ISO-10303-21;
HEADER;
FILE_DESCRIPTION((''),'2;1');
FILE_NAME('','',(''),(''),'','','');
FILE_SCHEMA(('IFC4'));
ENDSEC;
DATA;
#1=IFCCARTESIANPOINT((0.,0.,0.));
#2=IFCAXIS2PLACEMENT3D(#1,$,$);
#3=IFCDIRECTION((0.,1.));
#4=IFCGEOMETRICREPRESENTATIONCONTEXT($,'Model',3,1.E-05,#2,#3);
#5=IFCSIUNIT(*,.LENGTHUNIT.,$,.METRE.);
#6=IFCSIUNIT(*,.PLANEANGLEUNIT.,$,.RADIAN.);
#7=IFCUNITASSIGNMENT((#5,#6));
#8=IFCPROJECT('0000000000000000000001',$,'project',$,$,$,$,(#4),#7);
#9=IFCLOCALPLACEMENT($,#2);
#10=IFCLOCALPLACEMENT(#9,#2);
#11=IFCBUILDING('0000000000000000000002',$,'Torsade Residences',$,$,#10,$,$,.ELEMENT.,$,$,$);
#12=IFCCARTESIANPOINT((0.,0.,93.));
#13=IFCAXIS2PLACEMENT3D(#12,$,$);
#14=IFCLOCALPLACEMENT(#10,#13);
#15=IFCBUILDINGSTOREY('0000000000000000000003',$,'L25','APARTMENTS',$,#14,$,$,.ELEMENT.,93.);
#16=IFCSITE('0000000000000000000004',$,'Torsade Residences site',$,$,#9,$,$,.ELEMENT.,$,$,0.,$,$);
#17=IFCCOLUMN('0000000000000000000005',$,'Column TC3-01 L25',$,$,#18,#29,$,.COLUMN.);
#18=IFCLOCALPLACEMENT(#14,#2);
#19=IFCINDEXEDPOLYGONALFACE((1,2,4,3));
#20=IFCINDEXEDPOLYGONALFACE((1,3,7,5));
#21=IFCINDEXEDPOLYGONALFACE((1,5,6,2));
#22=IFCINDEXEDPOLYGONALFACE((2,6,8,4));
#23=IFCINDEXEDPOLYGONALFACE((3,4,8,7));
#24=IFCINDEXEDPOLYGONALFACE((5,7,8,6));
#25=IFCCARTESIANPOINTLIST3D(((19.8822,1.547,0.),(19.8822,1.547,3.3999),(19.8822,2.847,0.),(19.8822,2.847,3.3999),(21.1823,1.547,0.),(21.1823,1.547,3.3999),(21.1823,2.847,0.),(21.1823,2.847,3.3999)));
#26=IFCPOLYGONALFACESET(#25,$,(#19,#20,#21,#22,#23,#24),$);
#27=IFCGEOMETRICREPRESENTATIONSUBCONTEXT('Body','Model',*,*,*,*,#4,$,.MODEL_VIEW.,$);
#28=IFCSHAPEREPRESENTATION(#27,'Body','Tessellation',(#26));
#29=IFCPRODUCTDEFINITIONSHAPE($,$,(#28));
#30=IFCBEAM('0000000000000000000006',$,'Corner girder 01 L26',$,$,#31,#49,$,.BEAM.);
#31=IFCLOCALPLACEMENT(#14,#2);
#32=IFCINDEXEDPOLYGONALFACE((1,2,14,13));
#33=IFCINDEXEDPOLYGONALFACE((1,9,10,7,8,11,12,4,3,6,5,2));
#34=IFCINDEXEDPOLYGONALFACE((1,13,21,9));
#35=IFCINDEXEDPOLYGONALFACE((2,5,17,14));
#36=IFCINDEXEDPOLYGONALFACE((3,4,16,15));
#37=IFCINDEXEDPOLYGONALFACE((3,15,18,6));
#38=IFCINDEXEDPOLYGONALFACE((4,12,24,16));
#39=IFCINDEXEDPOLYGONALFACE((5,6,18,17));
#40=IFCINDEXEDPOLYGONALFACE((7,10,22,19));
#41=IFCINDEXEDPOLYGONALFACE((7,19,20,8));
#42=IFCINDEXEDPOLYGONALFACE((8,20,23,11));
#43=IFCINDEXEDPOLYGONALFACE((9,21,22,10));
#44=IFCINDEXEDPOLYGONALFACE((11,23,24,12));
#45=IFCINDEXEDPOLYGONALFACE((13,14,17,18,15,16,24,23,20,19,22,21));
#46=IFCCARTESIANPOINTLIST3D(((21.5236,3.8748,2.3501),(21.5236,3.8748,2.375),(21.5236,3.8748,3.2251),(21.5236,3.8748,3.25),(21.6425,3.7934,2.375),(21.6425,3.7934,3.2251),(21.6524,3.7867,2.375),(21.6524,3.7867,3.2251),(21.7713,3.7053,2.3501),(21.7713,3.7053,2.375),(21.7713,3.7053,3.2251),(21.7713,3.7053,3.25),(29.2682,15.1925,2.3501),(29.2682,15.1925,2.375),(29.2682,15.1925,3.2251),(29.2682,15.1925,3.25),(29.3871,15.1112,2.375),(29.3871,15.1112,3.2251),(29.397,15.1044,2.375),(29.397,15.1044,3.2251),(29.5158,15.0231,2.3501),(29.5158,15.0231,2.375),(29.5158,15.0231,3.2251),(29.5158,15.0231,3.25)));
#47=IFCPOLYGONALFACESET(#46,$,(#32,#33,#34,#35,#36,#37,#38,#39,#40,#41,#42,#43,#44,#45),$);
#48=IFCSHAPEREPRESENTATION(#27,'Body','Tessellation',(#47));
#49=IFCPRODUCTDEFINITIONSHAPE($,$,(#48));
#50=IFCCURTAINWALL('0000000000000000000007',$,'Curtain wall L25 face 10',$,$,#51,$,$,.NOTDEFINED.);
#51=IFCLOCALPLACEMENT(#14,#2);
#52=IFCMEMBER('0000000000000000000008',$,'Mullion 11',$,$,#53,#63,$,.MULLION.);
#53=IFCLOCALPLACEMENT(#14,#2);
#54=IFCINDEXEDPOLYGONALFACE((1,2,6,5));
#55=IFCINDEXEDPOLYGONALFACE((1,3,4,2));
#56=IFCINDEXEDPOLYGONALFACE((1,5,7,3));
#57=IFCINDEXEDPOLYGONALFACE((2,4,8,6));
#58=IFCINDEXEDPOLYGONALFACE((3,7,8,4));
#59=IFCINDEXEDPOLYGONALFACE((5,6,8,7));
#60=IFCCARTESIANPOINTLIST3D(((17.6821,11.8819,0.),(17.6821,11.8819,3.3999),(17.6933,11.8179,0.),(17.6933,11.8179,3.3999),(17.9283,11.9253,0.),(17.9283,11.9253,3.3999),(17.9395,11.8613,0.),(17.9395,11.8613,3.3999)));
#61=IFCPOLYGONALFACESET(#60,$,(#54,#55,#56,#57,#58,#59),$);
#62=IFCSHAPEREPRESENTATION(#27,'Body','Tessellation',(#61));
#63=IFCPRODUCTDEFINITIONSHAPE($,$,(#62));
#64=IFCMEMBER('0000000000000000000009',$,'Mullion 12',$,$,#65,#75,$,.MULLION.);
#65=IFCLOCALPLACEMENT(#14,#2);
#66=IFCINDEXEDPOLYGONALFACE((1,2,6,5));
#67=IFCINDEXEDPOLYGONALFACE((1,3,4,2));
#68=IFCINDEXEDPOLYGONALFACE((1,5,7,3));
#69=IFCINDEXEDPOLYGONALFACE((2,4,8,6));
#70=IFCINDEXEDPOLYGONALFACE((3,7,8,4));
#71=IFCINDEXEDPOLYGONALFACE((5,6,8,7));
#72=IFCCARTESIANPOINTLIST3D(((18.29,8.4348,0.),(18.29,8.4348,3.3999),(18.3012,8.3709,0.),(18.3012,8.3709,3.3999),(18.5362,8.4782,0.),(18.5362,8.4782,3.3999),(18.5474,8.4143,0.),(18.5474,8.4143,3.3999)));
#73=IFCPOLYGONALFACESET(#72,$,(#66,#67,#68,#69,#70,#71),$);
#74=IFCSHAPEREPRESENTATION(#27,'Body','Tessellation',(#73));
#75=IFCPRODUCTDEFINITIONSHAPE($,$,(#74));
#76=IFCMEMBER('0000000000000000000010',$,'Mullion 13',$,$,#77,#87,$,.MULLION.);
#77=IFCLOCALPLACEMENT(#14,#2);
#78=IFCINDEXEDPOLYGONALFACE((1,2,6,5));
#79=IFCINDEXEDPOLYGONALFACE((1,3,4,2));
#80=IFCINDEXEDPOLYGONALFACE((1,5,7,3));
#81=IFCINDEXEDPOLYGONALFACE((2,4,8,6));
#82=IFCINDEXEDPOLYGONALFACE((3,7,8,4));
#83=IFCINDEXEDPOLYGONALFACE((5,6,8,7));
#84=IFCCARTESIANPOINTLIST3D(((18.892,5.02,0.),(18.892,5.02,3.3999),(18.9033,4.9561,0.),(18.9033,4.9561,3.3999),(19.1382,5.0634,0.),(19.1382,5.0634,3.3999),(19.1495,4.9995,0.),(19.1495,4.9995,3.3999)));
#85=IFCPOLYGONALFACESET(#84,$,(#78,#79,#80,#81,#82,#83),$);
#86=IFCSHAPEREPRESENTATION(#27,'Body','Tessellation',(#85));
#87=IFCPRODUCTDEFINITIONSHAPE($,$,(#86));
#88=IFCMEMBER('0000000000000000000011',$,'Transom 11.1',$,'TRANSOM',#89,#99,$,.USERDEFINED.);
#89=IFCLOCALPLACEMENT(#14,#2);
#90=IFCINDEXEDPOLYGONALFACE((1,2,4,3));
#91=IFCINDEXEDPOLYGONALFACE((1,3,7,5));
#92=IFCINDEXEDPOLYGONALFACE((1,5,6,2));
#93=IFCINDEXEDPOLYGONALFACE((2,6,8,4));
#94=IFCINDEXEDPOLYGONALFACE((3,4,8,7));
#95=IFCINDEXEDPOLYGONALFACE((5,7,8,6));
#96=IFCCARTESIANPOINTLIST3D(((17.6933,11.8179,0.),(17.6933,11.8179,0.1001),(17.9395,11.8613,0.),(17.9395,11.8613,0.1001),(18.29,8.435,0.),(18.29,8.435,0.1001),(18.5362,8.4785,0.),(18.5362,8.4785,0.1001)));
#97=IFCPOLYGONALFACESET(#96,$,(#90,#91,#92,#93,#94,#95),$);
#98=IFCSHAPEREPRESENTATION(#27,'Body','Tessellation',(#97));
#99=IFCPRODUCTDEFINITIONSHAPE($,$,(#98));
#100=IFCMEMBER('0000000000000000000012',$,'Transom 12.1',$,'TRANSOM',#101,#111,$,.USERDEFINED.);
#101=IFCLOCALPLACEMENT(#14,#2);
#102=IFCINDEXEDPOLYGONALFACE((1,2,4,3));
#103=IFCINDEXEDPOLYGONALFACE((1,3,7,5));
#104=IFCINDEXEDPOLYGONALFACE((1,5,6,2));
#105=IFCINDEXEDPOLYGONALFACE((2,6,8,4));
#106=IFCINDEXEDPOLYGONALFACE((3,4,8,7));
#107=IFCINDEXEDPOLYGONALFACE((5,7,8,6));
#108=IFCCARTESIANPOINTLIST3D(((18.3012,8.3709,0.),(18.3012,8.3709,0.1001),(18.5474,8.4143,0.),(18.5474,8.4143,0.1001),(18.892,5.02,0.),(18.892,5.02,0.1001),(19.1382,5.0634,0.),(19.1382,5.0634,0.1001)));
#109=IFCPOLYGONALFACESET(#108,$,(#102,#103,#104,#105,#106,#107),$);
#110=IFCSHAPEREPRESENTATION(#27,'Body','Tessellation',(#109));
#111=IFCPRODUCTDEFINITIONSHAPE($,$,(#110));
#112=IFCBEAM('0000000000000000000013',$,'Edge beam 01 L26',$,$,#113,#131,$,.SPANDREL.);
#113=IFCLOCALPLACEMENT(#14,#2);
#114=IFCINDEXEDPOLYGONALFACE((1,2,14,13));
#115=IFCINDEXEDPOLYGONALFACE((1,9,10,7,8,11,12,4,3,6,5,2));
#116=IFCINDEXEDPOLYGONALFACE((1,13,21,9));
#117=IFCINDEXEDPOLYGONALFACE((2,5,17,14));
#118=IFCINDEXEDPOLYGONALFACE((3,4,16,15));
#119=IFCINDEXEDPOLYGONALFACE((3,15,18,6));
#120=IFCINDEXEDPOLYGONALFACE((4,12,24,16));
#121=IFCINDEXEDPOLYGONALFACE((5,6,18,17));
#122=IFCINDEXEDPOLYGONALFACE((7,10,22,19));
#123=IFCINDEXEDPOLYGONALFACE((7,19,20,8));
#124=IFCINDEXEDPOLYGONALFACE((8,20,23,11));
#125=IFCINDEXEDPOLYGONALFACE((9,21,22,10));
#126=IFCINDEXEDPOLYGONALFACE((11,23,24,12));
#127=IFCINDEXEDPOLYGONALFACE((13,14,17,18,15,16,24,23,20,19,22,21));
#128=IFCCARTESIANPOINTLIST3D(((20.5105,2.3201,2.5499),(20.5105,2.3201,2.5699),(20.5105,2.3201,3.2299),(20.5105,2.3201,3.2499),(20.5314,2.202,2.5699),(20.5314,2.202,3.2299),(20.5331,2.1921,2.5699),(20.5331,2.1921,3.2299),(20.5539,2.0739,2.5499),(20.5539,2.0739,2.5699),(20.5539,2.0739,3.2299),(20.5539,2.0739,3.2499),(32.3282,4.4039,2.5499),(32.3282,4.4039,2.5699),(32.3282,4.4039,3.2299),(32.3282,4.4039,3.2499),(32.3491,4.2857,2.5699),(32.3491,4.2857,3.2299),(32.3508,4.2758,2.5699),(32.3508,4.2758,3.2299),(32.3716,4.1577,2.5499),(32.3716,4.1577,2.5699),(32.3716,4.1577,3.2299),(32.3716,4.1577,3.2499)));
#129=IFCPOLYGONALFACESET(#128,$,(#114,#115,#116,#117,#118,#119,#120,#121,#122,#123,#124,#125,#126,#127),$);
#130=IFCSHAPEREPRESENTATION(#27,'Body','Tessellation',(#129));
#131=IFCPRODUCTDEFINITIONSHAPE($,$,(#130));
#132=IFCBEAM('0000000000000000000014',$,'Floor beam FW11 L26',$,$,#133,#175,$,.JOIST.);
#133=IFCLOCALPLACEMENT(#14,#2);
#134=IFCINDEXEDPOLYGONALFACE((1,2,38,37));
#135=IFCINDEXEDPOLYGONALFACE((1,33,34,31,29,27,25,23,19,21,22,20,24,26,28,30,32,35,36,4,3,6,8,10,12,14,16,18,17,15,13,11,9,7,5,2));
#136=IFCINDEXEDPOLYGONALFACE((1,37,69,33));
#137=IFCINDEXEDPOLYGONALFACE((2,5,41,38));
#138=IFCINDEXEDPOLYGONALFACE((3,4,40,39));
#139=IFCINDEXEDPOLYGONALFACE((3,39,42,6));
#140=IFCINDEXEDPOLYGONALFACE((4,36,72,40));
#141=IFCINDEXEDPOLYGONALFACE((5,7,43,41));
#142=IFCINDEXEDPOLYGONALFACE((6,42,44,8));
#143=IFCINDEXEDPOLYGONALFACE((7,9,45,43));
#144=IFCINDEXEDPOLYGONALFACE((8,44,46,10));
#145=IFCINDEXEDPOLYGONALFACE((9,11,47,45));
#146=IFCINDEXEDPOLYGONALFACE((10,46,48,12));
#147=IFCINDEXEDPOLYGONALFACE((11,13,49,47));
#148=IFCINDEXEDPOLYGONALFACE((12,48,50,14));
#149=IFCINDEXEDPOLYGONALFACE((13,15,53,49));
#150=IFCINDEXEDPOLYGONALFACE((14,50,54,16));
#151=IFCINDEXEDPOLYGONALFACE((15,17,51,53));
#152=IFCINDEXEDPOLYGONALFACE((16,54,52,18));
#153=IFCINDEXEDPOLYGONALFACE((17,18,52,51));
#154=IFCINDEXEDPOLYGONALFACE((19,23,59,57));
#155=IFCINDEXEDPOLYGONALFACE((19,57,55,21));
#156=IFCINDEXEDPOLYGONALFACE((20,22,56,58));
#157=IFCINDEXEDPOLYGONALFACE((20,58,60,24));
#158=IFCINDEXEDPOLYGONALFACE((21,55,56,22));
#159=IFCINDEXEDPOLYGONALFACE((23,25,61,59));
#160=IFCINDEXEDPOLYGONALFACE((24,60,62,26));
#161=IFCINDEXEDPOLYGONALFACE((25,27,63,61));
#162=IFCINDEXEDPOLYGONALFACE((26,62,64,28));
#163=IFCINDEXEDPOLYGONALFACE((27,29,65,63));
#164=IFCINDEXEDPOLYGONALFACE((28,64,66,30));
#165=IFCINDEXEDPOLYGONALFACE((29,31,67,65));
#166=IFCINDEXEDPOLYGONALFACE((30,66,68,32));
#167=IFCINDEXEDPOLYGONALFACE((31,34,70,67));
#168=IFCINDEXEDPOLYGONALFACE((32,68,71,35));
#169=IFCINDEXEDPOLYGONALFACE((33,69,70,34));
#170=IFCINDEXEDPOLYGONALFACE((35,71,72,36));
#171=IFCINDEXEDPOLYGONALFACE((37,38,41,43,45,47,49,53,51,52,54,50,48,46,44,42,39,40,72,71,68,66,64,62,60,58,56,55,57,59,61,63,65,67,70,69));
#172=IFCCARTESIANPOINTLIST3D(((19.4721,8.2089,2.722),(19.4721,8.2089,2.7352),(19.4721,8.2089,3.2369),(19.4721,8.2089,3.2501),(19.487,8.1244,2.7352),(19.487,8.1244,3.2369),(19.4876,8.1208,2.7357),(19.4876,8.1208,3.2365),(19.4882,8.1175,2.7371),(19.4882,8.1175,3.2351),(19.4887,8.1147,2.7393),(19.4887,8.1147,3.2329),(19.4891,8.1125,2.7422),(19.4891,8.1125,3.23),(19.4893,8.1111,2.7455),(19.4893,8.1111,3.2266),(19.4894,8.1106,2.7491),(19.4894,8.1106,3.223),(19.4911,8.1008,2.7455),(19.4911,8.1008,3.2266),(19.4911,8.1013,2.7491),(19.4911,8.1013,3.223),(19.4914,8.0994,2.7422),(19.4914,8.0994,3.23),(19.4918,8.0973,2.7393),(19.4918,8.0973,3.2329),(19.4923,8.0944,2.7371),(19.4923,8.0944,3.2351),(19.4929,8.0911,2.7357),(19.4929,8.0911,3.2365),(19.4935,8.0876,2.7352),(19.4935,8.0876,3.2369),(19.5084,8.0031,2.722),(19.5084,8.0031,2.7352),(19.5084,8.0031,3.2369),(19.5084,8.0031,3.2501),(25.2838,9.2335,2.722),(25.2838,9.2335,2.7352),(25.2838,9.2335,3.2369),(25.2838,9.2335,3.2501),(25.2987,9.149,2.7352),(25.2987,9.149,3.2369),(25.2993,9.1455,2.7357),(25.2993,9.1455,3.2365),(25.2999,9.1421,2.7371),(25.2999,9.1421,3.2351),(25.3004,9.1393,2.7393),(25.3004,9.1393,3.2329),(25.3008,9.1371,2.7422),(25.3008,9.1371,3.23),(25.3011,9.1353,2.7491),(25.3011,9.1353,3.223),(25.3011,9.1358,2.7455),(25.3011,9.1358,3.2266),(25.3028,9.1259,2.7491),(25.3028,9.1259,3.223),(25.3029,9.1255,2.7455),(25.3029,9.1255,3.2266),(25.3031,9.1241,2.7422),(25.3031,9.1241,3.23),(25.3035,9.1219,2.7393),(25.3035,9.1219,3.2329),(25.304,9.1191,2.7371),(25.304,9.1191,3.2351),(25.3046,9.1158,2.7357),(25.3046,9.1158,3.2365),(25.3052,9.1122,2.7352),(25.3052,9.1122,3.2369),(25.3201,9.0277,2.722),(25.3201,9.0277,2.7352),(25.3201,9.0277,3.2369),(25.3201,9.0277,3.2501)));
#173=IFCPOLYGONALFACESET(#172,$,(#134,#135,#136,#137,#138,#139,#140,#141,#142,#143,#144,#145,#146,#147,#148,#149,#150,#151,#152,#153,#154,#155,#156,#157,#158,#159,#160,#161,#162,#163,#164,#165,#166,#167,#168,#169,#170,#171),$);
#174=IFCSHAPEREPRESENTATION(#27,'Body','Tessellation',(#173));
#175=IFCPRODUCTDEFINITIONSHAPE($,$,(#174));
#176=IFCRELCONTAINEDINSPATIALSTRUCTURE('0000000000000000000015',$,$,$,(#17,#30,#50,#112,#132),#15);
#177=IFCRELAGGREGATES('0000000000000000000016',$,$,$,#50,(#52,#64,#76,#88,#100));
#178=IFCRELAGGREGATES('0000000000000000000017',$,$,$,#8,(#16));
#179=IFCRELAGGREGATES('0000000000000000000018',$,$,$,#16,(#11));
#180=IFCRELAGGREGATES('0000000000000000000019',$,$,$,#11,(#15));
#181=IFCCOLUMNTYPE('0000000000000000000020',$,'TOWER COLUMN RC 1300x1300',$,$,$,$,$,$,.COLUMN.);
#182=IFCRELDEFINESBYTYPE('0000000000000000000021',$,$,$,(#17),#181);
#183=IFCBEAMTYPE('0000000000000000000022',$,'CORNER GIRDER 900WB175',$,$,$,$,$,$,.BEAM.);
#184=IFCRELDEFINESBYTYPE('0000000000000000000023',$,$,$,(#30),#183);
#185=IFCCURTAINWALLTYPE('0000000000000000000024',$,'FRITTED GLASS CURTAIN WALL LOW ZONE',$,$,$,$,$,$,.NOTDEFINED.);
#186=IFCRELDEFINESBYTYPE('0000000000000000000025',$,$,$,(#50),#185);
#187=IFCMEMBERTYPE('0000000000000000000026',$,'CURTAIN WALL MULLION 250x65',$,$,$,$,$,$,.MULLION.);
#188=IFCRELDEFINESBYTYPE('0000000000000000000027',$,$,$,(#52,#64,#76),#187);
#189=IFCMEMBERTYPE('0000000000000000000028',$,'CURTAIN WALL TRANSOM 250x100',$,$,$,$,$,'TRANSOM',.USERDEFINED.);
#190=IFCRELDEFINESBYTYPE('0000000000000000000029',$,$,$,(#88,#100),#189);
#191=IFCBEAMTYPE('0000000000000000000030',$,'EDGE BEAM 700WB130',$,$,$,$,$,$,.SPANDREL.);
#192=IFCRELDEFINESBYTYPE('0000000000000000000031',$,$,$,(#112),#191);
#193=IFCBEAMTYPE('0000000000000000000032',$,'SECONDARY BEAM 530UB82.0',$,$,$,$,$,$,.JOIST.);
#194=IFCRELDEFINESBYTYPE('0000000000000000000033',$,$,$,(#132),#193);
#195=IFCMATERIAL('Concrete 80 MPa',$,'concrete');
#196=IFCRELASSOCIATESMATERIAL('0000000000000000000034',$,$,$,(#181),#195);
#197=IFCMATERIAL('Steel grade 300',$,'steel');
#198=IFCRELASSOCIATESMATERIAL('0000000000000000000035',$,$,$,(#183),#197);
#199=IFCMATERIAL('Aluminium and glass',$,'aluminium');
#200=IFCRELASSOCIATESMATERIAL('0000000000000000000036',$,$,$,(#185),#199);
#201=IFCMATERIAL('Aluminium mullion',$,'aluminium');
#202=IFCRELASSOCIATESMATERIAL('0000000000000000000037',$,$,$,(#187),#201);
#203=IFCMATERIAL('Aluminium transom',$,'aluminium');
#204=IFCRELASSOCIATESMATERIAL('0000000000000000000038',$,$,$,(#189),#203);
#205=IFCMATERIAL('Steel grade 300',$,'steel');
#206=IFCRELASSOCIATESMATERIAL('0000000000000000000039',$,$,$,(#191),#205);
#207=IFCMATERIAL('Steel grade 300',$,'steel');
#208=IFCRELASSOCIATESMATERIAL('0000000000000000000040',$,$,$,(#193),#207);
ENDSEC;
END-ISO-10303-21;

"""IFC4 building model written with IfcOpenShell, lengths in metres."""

from ifc_helpers import new_model, si_unit, direction, frame, origin, origin_2d, place, context, subcontext, project, spatial, rectangle, i_section, extrude, material, material_profile, profile_set, type_object, element, aggregate, save


model = new_model("IFC4")

# Units and contexts
model_context = context("Model", 3, precision=1e-05, world=origin(), true_north=direction((0.0, 1.0)))
body_context = subcontext(model_context, "Body", "Model", "MODEL_VIEW")
ifc_project = project(units=[si_unit("LENGTHUNIT", "METRE"), si_unit("PLANEANGLEUNIT", "RADIAN")], contexts=[model_context])

# Site, building, storey
site_placement = place(None, origin())
site = spatial("IfcSite", under=ifc_project, at=site_placement, Name="Torsade Residences site", CompositionType="ELEMENT", RefElevation=0.0)
building_placement = place(site_placement, origin())
building = spatial("IfcBuilding", under=site, at=building_placement, Name="Torsade Residences", CompositionType="ELEMENT")
storey_placement = place(building_placement, frame((0.0, 0.0, 93.0)))
storey = spatial("IfcBuildingStorey", under=building, at=storey_placement, Name="L25", Description="APARTMENTS", CompositionType="ELEMENT", Elevation=93.0)

# Column
ifc_material_1 = material(Name="Concrete 80 MPa", Category="concrete")
ifc_material_profile_1 = material_profile(ifc_material_1, rectangle(XDim=1.3, YDim=1.3, at=origin_2d()), Name="RC 1300x1300")
ifc_profile_set_1 = profile_set([ifc_material_profile_1], Name="Concrete 80 MPa")
column_type = type_object("IfcColumnType", Name="TOWER COLUMN RC 1300x1300", PredefinedType="COLUMN", material=ifc_profile_set_1)
column_placement = place(storey_placement, frame((20.5322, 2.197, 0.0), z_axis=(0.0, 0.0, 1.0), x_axis=(1.0, 0.0, 0.0)))
element("IfcColumn", 1, at=column_placement, inside=storey, type_object=column_type, Name="Column TC3-01 L25", PredefinedType="COLUMN", context=body_context, shape_type="SweptSolid", body=[
    extrude(rectangle(XDim=1.3, YDim=1.3, at=origin_2d()), origin(), (0.0, 0.0, 1.0), 3.3999),
])

# Beam
ifc_material_2 = material(Name="Steel grade 300", Category="steel")
ifc_material_profile_2 = material_profile(ifc_material_2, i_section(OverallWidth=0.3, OverallDepth=0.8999, WebThickness=0.012, FlangeThickness=0.0249, at=origin_2d()), Name="900WB175")
ifc_profile_set_2 = profile_set([ifc_material_profile_2], Name="Steel grade 300")
beam_type_1 = type_object("IfcBeamType", Name="CORNER GIRDER 900WB175", PredefinedType="BEAM", material=ifc_profile_set_2)
beam_1_placement = place(storey_placement, frame((21.6475, 3.79, 2.8), z_axis=(0.564725, 0.825279, 0.0), x_axis=(-0.825279, 0.564725, 0.0)))
element("IfcBeam", 2, at=beam_1_placement, inside=storey, type_object=beam_type_1, Name="Corner girder 01 L26", PredefinedType="BEAM", context=body_context, shape_type="SweptSolid", body=[
    extrude(i_section(OverallWidth=0.3, OverallDepth=0.8999, WebThickness=0.012, FlangeThickness=0.0249, at=origin_2d()), origin(), (0.0, 0.0, 1.0), 13.7139),
])

# Curtain wall, members
ifc_material_3 = material(Name="Aluminium and glass", Category="aluminium")
curtain_wall_type = type_object("IfcCurtainWallType", Name="FRITTED GLASS CURTAIN WALL LOW ZONE", PredefinedType="NOTDEFINED", material=ifc_material_3)
curtain_wall_placement = place(storey_placement, origin())
curtain_wall = element("IfcCurtainWall", 3, at=curtain_wall_placement, inside=storey, type_object=curtain_wall_type, Name="Curtain wall L25 face 10", PredefinedType="NOTDEFINED")
ifc_material_4 = material(Name="Aluminium mullion", Category="aluminium")
ifc_material_profile_3 = material_profile(ifc_material_4, rectangle(XDim=0.25, YDim=0.0649, at=origin_2d()), Name="CURTAIN WALL MULLION 250x65")
ifc_profile_set_3 = profile_set([ifc_material_profile_3], Name="Aluminium mullion")
member_type_1 = type_object("IfcMemberType", Name="CURTAIN WALL MULLION 250x65", PredefinedType="MULLION", material=ifc_profile_set_3)
member_1_placement = place(storey_placement, frame((17.8108, 11.8716, 0.0), z_axis=(0.0, 0.0, 1.0), x_axis=(0.984808, 0.173648, 0.0)))
member_1 = element("IfcMember", 4, at=member_1_placement, type_object=member_type_1, Name="Mullion 11", PredefinedType="MULLION", context=body_context, shape_type="SweptSolid", body=[
    extrude(rectangle(XDim=0.25, YDim=0.0649, at=origin_2d()), origin(), (0.0, 0.0, 1.0), 3.3999),
])
member_2_placement = place(storey_placement, frame((18.4187, 8.4246, 0.0), z_axis=(0.0, 0.0, 1.0), x_axis=(0.984808, 0.173648, 0.0)))
member_2 = element("IfcMember", 5, at=member_2_placement, type_object=member_type_1, Name="Mullion 12", PredefinedType="MULLION", context=body_context, shape_type="SweptSolid", body=[
    extrude(rectangle(XDim=0.25, YDim=0.0649, at=origin_2d()), origin(), (0.0, 0.0, 1.0), 3.3999),
])
member_3_placement = place(storey_placement, frame((19.0208, 5.0098, 0.0), z_axis=(0.0, 0.0, 1.0), x_axis=(0.984808, 0.173648, 0.0)))
member_3 = element("IfcMember", 6, at=member_3_placement, type_object=member_type_1, Name="Mullion 13", PredefinedType="MULLION", context=body_context, shape_type="SweptSolid", body=[
    extrude(rectangle(XDim=0.25, YDim=0.0649, at=origin_2d()), origin(), (0.0, 0.0, 1.0), 3.3999),
])
ifc_material_5 = material(Name="Aluminium transom", Category="aluminium")
ifc_material_profile_4 = material_profile(ifc_material_5, rectangle(XDim=0.25, YDim=0.1001, at=origin_2d()), Name="CURTAIN WALL TRANSOM 250x100")
ifc_profile_set_4 = profile_set([ifc_material_profile_4], Name="Aluminium transom")
member_type_2 = type_object("IfcMemberType", Name="CURTAIN WALL TRANSOM 250x100", ElementType="TRANSOM", PredefinedType="USERDEFINED", material=ifc_profile_set_4)
member_4_placement = place(storey_placement, frame((17.8164, 11.8396, 0.05), z_axis=(0.173704, -0.984798, 0.0), x_axis=(0.984798, 0.173704, 0.0)))
member_4 = element("IfcMember", 7, at=member_4_placement, type_object=member_type_2, Name="Transom 11.1", ObjectType="TRANSOM", PredefinedType="USERDEFINED", context=body_context, shape_type="SweptSolid", body=[
    extrude(rectangle(XDim=0.25, YDim=0.1001, at=origin_2d()), origin(), (0.0, 0.0, 1.0), 3.4351),
])
member_5_placement = place(storey_placement, frame((18.4243, 8.3926, 0.05), z_axis=(0.173642, -0.984809, 0.0), x_axis=(0.984809, 0.173642, 0.0)))
member_5 = element("IfcMember", 8, at=member_5_placement, type_object=member_type_2, Name="Transom 12.1", ObjectType="TRANSOM", PredefinedType="USERDEFINED", context=body_context, shape_type="SweptSolid", body=[
    extrude(rectangle(XDim=0.25, YDim=0.1001, at=origin_2d()), origin(), (0.0, 0.0, 1.0), 3.4026),
])

# Beams
ifc_material_6 = material(Name="Steel grade 300", Category="steel")
ifc_material_profile_5 = material_profile(ifc_material_6, i_section(OverallWidth=0.25, OverallDepth=0.7, WebThickness=0.01, FlangeThickness=0.02, at=origin_2d()), Name="700WB130")
ifc_profile_set_5 = profile_set([ifc_material_profile_5], Name="Steel grade 300")
beam_type_2 = type_object("IfcBeamType", Name="EDGE BEAM 700WB130", PredefinedType="SPANDREL", material=ifc_profile_set_5)
beam_2_placement = place(storey_placement, frame((20.5322, 2.197, 2.8999), z_axis=(0.984808, 0.173646, 0.0), x_axis=(-0.173646, 0.984808, 0.0)))
element("IfcBeam", 9, at=beam_2_placement, inside=storey, type_object=beam_type_2, Name="Edge beam 01 L26", PredefinedType="SPANDREL", context=body_context, shape_type="SweptSolid", body=[
    extrude(i_section(OverallWidth=0.25, OverallDepth=0.7, WebThickness=0.01, FlangeThickness=0.02, at=origin_2d()), origin(), (0.0, 0.0, 1.0), 12.0),
])
ifc_material_7 = material(Name="Steel grade 300", Category="steel")
ifc_material_profile_6 = material_profile(ifc_material_7, i_section(OverallWidth=0.209, OverallDepth=0.5281, WebThickness=0.0095, FlangeThickness=0.0132, FilletRadius=0.0139, at=origin_2d()), Name="530UB82.0")
ifc_profile_set_6 = profile_set([ifc_material_profile_6], Name="Steel grade 300")
beam_type_3 = type_object("IfcBeamType", Name="SECONDARY BEAM 530UB82.0", PredefinedType="JOIST", material=ifc_profile_set_6)
beam_3_placement = place(storey_placement, frame((19.4902, 8.106, 2.9861), z_axis=(0.984811, 0.17363, 0.0), x_axis=(-0.17363, 0.984811, 0.0)))
element("IfcBeam", 10, at=beam_3_placement, inside=storey, type_object=beam_type_3, Name="Floor beam FW11 L26", PredefinedType="JOIST", context=body_context, shape_type="SweptSolid", body=[
    extrude(i_section(OverallWidth=0.209, OverallDepth=0.5281, WebThickness=0.0095, FlangeThickness=0.0132, FilletRadius=0.0139, at=origin_2d()), origin(), (0.0, 0.0, 1.0), 5.9014),
])

aggregate(curtain_wall, [member_1, member_2, member_3, member_4, member_5])

save(model, "model.ifc")
